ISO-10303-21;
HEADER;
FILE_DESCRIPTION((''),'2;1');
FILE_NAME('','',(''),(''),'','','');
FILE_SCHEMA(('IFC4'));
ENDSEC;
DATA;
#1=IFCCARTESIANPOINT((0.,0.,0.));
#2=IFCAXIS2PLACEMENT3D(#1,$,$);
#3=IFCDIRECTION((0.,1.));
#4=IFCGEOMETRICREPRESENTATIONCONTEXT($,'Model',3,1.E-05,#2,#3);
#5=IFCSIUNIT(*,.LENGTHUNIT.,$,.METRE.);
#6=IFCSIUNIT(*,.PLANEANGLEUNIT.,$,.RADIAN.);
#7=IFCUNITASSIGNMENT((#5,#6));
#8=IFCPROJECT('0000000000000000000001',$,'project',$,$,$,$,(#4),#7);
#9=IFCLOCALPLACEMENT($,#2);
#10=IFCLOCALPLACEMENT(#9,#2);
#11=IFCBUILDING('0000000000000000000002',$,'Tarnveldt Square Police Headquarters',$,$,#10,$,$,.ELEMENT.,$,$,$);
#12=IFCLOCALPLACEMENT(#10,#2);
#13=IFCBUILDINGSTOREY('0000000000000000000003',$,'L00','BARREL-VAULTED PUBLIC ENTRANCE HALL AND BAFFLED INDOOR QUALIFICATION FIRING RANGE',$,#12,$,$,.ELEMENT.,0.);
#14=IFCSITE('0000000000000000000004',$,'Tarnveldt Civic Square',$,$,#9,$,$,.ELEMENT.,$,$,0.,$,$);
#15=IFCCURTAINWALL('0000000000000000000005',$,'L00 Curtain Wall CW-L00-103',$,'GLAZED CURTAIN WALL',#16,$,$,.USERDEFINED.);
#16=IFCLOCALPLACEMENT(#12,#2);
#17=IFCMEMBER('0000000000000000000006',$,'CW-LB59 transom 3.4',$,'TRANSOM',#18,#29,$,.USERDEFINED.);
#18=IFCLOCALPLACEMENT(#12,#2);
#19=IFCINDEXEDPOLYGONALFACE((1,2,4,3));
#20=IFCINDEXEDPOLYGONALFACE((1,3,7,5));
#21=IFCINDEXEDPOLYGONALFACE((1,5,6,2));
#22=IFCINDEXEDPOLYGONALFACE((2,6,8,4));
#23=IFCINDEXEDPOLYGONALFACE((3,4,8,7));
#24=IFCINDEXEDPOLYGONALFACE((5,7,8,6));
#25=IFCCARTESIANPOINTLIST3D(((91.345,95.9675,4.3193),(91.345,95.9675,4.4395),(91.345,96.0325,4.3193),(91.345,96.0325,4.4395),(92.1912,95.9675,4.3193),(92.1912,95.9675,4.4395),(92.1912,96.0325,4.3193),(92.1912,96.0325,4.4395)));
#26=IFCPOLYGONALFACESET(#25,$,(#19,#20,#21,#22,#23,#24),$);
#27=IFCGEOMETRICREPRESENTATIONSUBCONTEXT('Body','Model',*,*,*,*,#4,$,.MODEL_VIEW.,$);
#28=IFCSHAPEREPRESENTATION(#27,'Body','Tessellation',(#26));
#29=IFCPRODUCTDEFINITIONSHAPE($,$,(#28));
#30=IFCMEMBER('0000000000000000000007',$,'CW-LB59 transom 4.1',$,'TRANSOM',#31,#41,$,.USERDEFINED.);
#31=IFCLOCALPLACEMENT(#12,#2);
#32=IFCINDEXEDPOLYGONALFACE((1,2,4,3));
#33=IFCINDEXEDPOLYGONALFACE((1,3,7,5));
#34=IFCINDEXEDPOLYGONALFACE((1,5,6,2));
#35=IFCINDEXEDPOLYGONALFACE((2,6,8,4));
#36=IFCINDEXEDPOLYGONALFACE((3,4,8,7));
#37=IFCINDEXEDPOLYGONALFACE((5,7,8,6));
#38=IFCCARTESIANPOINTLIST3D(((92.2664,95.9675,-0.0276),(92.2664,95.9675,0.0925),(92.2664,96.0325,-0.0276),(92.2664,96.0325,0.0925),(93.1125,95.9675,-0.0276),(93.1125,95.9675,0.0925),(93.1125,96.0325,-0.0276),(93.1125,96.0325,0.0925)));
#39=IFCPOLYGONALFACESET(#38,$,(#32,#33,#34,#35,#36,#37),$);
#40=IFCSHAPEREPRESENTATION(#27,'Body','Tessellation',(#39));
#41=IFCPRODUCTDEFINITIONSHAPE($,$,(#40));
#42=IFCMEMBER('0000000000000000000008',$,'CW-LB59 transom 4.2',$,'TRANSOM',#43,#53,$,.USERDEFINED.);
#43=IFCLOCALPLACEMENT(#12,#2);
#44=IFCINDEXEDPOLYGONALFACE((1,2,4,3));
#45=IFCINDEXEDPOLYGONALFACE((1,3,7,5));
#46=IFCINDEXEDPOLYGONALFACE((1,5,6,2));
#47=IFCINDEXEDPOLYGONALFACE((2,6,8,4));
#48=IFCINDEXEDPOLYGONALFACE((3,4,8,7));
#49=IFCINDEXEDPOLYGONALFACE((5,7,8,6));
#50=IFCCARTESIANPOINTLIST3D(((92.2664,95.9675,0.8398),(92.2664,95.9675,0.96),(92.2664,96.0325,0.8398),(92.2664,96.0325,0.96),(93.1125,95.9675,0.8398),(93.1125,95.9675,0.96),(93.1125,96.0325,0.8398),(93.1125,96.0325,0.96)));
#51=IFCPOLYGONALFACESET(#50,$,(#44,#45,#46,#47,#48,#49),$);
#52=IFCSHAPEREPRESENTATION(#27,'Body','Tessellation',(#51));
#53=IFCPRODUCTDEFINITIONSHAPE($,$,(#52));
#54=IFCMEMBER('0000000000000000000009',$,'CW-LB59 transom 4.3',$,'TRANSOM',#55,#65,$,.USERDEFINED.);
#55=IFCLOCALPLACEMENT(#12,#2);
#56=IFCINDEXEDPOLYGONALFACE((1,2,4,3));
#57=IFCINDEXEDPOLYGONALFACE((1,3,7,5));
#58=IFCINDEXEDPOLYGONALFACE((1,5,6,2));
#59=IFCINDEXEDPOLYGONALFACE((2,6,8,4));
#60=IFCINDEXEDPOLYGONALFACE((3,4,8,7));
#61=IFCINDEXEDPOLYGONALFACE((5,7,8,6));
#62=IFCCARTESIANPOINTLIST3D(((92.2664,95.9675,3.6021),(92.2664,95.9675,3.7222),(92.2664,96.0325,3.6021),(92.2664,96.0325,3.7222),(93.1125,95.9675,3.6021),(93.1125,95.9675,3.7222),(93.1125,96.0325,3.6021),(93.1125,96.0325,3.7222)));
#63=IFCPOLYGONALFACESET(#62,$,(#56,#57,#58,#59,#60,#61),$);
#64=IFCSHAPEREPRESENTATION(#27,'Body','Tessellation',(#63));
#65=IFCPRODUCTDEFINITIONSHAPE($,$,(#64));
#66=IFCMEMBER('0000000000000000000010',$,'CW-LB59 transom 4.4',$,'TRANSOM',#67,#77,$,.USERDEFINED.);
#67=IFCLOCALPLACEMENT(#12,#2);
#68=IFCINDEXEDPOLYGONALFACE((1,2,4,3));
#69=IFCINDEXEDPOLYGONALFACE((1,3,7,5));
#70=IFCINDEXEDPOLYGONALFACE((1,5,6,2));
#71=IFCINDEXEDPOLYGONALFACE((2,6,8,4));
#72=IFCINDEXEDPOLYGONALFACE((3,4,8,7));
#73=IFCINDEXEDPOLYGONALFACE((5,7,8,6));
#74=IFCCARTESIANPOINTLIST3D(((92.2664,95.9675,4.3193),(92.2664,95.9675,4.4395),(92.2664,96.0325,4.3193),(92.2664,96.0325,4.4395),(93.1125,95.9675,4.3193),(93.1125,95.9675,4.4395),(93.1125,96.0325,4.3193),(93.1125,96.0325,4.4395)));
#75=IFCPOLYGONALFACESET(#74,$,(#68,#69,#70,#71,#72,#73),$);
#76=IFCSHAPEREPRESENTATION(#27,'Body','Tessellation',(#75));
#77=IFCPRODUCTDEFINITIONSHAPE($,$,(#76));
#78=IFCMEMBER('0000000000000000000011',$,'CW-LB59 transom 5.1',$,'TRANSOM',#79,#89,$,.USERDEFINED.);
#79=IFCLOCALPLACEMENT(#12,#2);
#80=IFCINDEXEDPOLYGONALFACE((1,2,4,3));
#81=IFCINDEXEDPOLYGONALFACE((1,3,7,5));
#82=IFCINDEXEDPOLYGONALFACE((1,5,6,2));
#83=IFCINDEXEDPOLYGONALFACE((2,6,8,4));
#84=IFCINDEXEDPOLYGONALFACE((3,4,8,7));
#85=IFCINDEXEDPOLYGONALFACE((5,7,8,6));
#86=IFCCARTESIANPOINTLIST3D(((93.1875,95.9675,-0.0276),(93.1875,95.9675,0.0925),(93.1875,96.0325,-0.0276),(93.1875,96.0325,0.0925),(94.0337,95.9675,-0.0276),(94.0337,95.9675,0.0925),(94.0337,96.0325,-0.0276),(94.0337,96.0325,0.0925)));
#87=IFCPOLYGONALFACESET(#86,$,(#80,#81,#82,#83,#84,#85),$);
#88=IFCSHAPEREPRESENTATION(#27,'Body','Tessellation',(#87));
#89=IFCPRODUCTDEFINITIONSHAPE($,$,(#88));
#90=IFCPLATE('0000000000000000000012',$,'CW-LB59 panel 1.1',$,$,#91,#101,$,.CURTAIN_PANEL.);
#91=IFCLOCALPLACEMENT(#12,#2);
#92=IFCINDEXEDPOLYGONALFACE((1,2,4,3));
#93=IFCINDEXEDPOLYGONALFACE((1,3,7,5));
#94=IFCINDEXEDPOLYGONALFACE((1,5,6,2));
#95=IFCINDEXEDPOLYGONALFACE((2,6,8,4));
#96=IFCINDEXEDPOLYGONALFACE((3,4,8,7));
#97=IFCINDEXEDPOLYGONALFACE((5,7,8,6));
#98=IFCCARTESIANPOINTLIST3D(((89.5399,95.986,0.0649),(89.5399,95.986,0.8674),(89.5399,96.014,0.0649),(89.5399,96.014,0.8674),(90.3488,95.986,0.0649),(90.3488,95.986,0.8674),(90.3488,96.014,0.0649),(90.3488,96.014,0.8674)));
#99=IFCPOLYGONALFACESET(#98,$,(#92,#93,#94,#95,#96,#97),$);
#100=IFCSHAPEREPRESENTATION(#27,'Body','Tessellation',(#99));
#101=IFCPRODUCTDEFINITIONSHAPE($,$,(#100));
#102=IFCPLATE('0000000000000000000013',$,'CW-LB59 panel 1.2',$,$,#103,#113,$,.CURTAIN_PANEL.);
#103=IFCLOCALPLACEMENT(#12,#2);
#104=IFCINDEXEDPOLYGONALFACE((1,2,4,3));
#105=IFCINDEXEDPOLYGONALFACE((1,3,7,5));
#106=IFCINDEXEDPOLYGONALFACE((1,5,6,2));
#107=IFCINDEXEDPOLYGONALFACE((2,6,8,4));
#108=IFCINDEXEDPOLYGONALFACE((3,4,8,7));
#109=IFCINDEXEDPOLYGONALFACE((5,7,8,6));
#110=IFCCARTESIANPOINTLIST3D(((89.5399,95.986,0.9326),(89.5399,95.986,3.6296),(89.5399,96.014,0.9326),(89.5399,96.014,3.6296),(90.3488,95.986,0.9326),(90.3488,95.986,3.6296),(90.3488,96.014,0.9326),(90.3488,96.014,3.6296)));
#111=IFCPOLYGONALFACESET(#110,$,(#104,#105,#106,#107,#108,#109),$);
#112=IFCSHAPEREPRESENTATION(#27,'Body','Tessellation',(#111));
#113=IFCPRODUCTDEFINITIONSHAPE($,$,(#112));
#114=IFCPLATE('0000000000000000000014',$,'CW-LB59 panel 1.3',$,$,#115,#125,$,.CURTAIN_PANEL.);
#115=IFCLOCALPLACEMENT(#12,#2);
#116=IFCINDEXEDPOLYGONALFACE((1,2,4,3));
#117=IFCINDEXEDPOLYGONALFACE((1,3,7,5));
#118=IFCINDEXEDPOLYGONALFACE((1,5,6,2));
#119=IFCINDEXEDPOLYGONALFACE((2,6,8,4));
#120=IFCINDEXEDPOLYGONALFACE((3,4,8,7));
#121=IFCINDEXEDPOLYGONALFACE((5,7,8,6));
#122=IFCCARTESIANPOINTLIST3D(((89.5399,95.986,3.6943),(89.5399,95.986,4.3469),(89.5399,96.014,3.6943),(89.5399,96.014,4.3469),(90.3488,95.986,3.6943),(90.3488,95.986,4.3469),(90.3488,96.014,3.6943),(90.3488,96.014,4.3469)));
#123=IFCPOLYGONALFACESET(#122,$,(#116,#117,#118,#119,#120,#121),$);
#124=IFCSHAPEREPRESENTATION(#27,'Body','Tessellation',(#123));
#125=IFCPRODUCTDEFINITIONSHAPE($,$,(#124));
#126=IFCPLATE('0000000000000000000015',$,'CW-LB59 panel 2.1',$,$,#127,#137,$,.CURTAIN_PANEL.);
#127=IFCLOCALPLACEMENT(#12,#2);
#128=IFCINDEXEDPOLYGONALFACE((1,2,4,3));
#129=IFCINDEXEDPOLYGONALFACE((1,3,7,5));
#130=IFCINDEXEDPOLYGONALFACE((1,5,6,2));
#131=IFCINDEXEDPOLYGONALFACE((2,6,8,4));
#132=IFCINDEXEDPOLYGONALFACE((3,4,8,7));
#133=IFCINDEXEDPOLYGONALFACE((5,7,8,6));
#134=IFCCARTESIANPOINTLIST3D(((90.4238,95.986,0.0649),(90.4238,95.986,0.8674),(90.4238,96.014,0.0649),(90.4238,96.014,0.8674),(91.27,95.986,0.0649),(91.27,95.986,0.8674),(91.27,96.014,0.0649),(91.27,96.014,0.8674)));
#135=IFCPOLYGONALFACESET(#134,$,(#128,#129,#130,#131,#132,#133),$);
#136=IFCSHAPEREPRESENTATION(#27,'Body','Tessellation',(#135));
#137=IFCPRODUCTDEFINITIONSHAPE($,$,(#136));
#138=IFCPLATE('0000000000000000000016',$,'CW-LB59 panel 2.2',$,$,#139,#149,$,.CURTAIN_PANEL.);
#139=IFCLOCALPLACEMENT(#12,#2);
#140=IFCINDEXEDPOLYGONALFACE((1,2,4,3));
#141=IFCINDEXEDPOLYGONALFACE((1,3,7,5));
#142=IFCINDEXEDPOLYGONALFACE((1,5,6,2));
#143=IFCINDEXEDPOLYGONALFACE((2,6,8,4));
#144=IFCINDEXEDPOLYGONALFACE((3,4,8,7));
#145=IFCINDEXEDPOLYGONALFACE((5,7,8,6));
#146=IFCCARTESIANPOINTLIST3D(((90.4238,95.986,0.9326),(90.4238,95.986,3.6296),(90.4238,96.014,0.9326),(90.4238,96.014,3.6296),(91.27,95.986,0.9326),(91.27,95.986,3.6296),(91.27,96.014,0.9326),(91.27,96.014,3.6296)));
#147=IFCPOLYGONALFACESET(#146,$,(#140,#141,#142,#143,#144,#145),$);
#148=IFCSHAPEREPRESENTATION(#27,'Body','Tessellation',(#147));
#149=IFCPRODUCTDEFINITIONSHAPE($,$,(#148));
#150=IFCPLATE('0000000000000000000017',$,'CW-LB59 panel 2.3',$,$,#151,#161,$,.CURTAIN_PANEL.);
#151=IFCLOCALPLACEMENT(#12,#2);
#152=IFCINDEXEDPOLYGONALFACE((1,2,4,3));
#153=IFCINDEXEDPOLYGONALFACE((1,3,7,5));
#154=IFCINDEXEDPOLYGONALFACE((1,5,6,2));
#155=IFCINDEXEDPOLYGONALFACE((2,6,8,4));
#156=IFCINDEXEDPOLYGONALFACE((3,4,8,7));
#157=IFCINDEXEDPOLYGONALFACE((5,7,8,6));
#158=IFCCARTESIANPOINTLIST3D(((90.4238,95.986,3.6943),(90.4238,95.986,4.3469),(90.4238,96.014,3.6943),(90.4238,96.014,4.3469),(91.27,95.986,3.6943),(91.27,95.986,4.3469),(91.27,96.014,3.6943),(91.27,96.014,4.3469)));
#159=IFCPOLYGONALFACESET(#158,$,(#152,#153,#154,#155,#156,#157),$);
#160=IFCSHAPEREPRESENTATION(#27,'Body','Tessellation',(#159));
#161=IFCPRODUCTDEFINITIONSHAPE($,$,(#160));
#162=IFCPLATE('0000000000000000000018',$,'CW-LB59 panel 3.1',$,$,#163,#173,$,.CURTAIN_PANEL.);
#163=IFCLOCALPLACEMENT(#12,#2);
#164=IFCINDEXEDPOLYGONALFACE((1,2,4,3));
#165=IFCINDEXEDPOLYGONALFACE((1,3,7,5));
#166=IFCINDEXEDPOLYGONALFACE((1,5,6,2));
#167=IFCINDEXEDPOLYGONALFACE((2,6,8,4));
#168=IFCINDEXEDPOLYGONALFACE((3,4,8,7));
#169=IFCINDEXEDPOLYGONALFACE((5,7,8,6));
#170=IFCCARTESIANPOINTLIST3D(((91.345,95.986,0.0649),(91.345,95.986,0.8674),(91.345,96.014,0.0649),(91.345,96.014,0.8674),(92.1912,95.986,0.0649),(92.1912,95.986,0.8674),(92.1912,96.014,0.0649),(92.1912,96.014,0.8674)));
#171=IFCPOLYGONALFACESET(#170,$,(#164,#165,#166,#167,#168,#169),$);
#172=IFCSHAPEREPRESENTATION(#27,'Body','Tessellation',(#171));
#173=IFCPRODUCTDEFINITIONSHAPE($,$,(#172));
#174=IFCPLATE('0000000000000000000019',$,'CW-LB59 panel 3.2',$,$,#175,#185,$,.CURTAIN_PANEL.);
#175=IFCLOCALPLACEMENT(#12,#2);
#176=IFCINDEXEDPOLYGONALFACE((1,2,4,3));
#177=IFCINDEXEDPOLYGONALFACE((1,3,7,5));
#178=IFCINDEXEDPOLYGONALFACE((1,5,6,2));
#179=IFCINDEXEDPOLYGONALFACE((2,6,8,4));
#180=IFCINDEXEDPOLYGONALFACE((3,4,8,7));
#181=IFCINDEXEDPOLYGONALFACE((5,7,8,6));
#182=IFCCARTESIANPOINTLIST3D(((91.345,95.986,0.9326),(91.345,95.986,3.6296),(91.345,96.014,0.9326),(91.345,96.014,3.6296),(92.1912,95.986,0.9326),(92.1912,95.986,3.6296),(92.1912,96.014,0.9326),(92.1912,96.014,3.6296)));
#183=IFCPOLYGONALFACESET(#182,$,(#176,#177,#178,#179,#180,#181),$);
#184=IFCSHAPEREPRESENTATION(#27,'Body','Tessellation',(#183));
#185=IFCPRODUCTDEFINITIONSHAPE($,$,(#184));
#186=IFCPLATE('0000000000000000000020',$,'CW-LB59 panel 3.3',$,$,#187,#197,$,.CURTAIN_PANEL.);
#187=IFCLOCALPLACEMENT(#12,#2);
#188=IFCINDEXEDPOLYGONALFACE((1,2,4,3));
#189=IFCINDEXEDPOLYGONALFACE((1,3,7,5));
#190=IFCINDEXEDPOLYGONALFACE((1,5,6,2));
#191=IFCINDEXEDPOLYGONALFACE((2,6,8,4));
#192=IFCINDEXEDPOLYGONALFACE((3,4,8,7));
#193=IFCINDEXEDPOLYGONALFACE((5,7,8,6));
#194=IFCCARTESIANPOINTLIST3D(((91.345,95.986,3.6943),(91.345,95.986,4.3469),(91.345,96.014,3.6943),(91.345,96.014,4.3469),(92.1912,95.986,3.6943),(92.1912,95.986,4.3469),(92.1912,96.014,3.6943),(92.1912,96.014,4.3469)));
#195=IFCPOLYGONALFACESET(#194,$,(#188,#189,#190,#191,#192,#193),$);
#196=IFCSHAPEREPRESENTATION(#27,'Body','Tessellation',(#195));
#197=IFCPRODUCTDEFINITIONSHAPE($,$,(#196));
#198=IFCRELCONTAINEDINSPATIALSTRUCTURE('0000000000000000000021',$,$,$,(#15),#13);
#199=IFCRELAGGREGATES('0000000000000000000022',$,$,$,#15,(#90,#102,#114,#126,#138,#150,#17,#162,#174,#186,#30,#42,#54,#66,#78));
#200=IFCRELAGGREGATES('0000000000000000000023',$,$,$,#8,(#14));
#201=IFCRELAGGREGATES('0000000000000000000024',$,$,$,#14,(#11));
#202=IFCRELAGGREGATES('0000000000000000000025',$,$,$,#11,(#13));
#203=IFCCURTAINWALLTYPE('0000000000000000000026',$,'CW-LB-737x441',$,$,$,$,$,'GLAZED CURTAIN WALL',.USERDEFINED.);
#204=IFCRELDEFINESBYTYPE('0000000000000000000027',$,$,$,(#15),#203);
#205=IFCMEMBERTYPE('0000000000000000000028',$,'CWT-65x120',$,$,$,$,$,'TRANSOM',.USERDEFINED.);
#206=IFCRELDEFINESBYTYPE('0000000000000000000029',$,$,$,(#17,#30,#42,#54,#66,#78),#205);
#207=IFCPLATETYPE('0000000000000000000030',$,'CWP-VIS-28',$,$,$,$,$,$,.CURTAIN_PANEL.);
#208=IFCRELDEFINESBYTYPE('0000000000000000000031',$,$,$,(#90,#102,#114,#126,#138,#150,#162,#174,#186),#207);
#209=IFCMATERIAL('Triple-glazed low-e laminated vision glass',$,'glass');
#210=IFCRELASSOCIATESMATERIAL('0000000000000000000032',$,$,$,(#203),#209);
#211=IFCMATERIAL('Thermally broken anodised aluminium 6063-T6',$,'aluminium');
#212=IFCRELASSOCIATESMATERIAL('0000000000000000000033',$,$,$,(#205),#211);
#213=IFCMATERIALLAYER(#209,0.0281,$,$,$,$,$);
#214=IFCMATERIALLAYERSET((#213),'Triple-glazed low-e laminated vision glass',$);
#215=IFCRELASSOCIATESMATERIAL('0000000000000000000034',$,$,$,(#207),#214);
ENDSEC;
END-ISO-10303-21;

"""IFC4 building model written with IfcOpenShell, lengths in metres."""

from ifc_helpers import new_model, si_unit, direction, frame, origin, origin_2d, place, context, subcontext, project, spatial, rectangle, extrude, material, layer, layer_set, material_profile, profile_set, type_object, element, aggregate, save


model = new_model("IFC4")

# Units and contexts
model_context = context("Model", 3, precision=1e-05, world=origin(), true_north=direction((0.0, 1.0)))
body_context = subcontext(model_context, "Body", "Model", "MODEL_VIEW")
ifc_project = project(units=[si_unit("LENGTHUNIT", "METRE"), si_unit("PLANEANGLEUNIT", "RADIAN")], contexts=[model_context])

# Site, building, storey
site_placement = place(None, origin())
site = spatial("IfcSite", under=ifc_project, at=site_placement, Name="Tarnveldt Civic Square", CompositionType="ELEMENT", RefElevation=0.0)
building_placement = place(site_placement, origin())
building = spatial("IfcBuilding", under=site, at=building_placement, Name="Tarnveldt Square Police Headquarters", CompositionType="ELEMENT")
storey_placement = place(building_placement, origin())
storey = spatial("IfcBuildingStorey", under=building, at=storey_placement, Name="L00", Description="BARREL-VAULTED PUBLIC ENTRANCE HALL AND BAFFLED INDOOR QUALIFICATION FIRING RANGE", CompositionType="ELEMENT", Elevation=0.0)

# Curtain wall, members, plates
ifc_material_1 = material(Name="Triple-glazed low-e laminated vision glass", Category="glass")
curtain_wall_type = type_object("IfcCurtainWallType", Name="CW-LB-737x441", ElementType="GLAZED CURTAIN WALL", PredefinedType="USERDEFINED", material=ifc_material_1)
curtain_wall_placement = place(storey_placement, origin())
curtain_wall = element("IfcCurtainWall", 1, at=curtain_wall_placement, inside=storey, type_object=curtain_wall_type, Name="L00 Curtain Wall CW-L00-103", ObjectType="GLAZED CURTAIN WALL", PredefinedType="USERDEFINED")
ifc_material_2 = material(Name="Thermally broken anodised aluminium 6063-T6", Category="aluminium")
ifc_material_profile_1 = material_profile(ifc_material_2, rectangle(XDim=0.0649, YDim=0.1201, at=origin_2d()), Name="CW-T65x120")
ifc_profile_set_1 = profile_set([ifc_material_profile_1], Name="Thermally broken anodised aluminium 6063-T6")
member_type_1 = type_object("IfcMemberType", Name="CWT-65x120", ElementType="TRANSOM", PredefinedType="USERDEFINED", material=ifc_profile_set_1)
member_1_placement = place(storey_placement, frame((91.345, 96.0, 4.3794), z_axis=(1.0, 0.0, 0.0), x_axis=(0.0, 1.0, 0.0)))
member_1 = element("IfcMember", 2, at=member_1_placement, type_object=member_type_1, Name="CW-LB59 transom 3.4", ObjectType="TRANSOM", PredefinedType="USERDEFINED", context=body_context, shape_type="SweptSolid", body=[
    extrude(rectangle(XDim=0.0649, YDim=0.1201, at=origin_2d()), origin(), (0.0, 0.0, 1.0), 0.8462),
])
member_2_placement = place(storey_placement, frame((92.2664, 96.0, 0.0325), z_axis=(1.0, 0.0, 0.0), x_axis=(0.0, 1.0, 0.0)))
member_2 = element("IfcMember", 3, at=member_2_placement, type_object=member_type_1, Name="CW-LB59 transom 4.1", ObjectType="TRANSOM", PredefinedType="USERDEFINED", context=body_context, shape_type="SweptSolid", body=[
    extrude(rectangle(XDim=0.0649, YDim=0.1201, at=origin_2d()), origin(), (0.0, 0.0, 1.0), 0.8462),
])
member_3_placement = place(storey_placement, frame((92.2664, 96.0, 0.8999), z_axis=(1.0, 0.0, 0.0), x_axis=(0.0, 1.0, 0.0)))
member_3 = element("IfcMember", 4, at=member_3_placement, type_object=member_type_1, Name="CW-LB59 transom 4.2", ObjectType="TRANSOM", PredefinedType="USERDEFINED", context=body_context, shape_type="SweptSolid", body=[
    extrude(rectangle(XDim=0.0649, YDim=0.1201, at=origin_2d()), origin(), (0.0, 0.0, 1.0), 0.8462),
])
member_4_placement = place(storey_placement, frame((92.2664, 96.0, 3.6621), z_axis=(1.0, 0.0, 0.0), x_axis=(0.0, 1.0, 0.0)))
member_4 = element("IfcMember", 5, at=member_4_placement, type_object=member_type_1, Name="CW-LB59 transom 4.3", ObjectType="TRANSOM", PredefinedType="USERDEFINED", context=body_context, shape_type="SweptSolid", body=[
    extrude(rectangle(XDim=0.0649, YDim=0.1201, at=origin_2d()), origin(), (0.0, 0.0, 1.0), 0.8462),
])
member_5_placement = place(storey_placement, frame((92.2664, 96.0, 4.3794), z_axis=(1.0, 0.0, 0.0), x_axis=(0.0, 1.0, 0.0)))
member_5 = element("IfcMember", 6, at=member_5_placement, type_object=member_type_1, Name="CW-LB59 transom 4.4", ObjectType="TRANSOM", PredefinedType="USERDEFINED", context=body_context, shape_type="SweptSolid", body=[
    extrude(rectangle(XDim=0.0649, YDim=0.1201, at=origin_2d()), origin(), (0.0, 0.0, 1.0), 0.8462),
])
member_6_placement = place(storey_placement, frame((93.1875, 96.0, 0.0325), z_axis=(1.0, 0.0, 0.0), x_axis=(0.0, 1.0, 0.0)))
member_6 = element("IfcMember", 7, at=member_6_placement, type_object=member_type_1, Name="CW-LB59 transom 5.1", ObjectType="TRANSOM", PredefinedType="USERDEFINED", context=body_context, shape_type="SweptSolid", body=[
    extrude(rectangle(XDim=0.0649, YDim=0.1201, at=origin_2d()), origin(), (0.0, 0.0, 1.0), 0.8462),
])
ifc_layer = layer(ifc_material_1, 0.0281)
ifc_layer_set = layer_set([ifc_layer], Name="Triple-glazed low-e laminated vision glass")
plate_type = type_object("IfcPlateType", Name="CWP-VIS-28", PredefinedType="CURTAIN_PANEL", material=ifc_layer_set)
plate_1_placement = place(storey_placement, frame((89.9443, 96.0, 0.0649), z_axis=(0.0, 0.0, 1.0), x_axis=(1.0, 0.0, 0.0)))
plate_1 = element("IfcPlate", 8, at=plate_1_placement, type_object=plate_type, Name="CW-LB59 panel 1.1", PredefinedType="CURTAIN_PANEL", context=body_context, shape_type="SweptSolid", body=[
    extrude(rectangle(XDim=0.8088, YDim=0.0281, at=origin_2d()), origin(), (0.0, 0.0, 1.0), 0.8025),
])
plate_2_placement = place(storey_placement, frame((89.9443, 96.0, 0.9326), z_axis=(0.0, 0.0, 1.0), x_axis=(1.0, 0.0, 0.0)))
plate_2 = element("IfcPlate", 9, at=plate_2_placement, type_object=plate_type, Name="CW-LB59 panel 1.2", PredefinedType="CURTAIN_PANEL", context=body_context, shape_type="SweptSolid", body=[
    extrude(rectangle(XDim=0.8088, YDim=0.0281, at=origin_2d()), origin(), (0.0, 0.0, 1.0), 2.697),
])
plate_3_placement = place(storey_placement, frame((89.9443, 96.0, 3.6943), z_axis=(0.0, 0.0, 1.0), x_axis=(1.0, 0.0, 0.0)))
plate_3 = element("IfcPlate", 10, at=plate_3_placement, type_object=plate_type, Name="CW-LB59 panel 1.3", PredefinedType="CURTAIN_PANEL", context=body_context, shape_type="SweptSolid", body=[
    extrude(rectangle(XDim=0.8088, YDim=0.0281, at=origin_2d()), origin(), (0.0, 0.0, 1.0), 0.6526),
])
plate_4_placement = place(storey_placement, frame((90.8469, 96.0, 0.0649), z_axis=(0.0, 0.0, 1.0), x_axis=(1.0, 0.0, 0.0)))
plate_4 = element("IfcPlate", 11, at=plate_4_placement, type_object=plate_type, Name="CW-LB59 panel 2.1", PredefinedType="CURTAIN_PANEL", context=body_context, shape_type="SweptSolid", body=[
    extrude(rectangle(XDim=0.8462, YDim=0.0281, at=origin_2d()), origin(), (0.0, 0.0, 1.0), 0.8025),
])
plate_5_placement = place(storey_placement, frame((90.8469, 96.0, 0.9326), z_axis=(0.0, 0.0, 1.0), x_axis=(1.0, 0.0, 0.0)))
plate_5 = element("IfcPlate", 12, at=plate_5_placement, type_object=plate_type, Name="CW-LB59 panel 2.2", PredefinedType="CURTAIN_PANEL", context=body_context, shape_type="SweptSolid", body=[
    extrude(rectangle(XDim=0.8462, YDim=0.0281, at=origin_2d()), origin(), (0.0, 0.0, 1.0), 2.697),
])
plate_6_placement = place(storey_placement, frame((90.8469, 96.0, 3.6943), z_axis=(0.0, 0.0, 1.0), x_axis=(1.0, 0.0, 0.0)))
plate_6 = element("IfcPlate", 13, at=plate_6_placement, type_object=plate_type, Name="CW-LB59 panel 2.3", PredefinedType="CURTAIN_PANEL", context=body_context, shape_type="SweptSolid", body=[
    extrude(rectangle(XDim=0.8462, YDim=0.0281, at=origin_2d()), origin(), (0.0, 0.0, 1.0), 0.6526),
])
plate_7_placement = place(storey_placement, frame((91.7681, 96.0, 0.0649), z_axis=(0.0, 0.0, 1.0), x_axis=(1.0, 0.0, 0.0)))
plate_7 = element("IfcPlate", 14, at=plate_7_placement, type_object=plate_type, Name="CW-LB59 panel 3.1", PredefinedType="CURTAIN_PANEL", context=body_context, shape_type="SweptSolid", body=[
    extrude(rectangle(XDim=0.8462, YDim=0.0281, at=origin_2d()), origin(), (0.0, 0.0, 1.0), 0.8025),
])
plate_8_placement = place(storey_placement, frame((91.7681, 96.0, 0.9326), z_axis=(0.0, 0.0, 1.0), x_axis=(1.0, 0.0, 0.0)))
plate_8 = element("IfcPlate", 15, at=plate_8_placement, type_object=plate_type, Name="CW-LB59 panel 3.2", PredefinedType="CURTAIN_PANEL", context=body_context, shape_type="SweptSolid", body=[
    extrude(rectangle(XDim=0.8462, YDim=0.0281, at=origin_2d()), origin(), (0.0, 0.0, 1.0), 2.697),
])
plate_9_placement = place(storey_placement, frame((91.7681, 96.0, 3.6943), z_axis=(0.0, 0.0, 1.0), x_axis=(1.0, 0.0, 0.0)))
plate_9 = element("IfcPlate", 16, at=plate_9_placement, type_object=plate_type, Name="CW-LB59 panel 3.3", PredefinedType="CURTAIN_PANEL", context=body_context, shape_type="SweptSolid", body=[
    extrude(rectangle(XDim=0.8462, YDim=0.0281, at=origin_2d()), origin(), (0.0, 0.0, 1.0), 0.6526),
])
aggregate(curtain_wall, [plate_1, plate_2, plate_3, plate_4, plate_5, plate_6, member_1, plate_7, plate_8, plate_9, member_2, member_3, member_4, member_5, member_6])

save(model, "model.ifc")
